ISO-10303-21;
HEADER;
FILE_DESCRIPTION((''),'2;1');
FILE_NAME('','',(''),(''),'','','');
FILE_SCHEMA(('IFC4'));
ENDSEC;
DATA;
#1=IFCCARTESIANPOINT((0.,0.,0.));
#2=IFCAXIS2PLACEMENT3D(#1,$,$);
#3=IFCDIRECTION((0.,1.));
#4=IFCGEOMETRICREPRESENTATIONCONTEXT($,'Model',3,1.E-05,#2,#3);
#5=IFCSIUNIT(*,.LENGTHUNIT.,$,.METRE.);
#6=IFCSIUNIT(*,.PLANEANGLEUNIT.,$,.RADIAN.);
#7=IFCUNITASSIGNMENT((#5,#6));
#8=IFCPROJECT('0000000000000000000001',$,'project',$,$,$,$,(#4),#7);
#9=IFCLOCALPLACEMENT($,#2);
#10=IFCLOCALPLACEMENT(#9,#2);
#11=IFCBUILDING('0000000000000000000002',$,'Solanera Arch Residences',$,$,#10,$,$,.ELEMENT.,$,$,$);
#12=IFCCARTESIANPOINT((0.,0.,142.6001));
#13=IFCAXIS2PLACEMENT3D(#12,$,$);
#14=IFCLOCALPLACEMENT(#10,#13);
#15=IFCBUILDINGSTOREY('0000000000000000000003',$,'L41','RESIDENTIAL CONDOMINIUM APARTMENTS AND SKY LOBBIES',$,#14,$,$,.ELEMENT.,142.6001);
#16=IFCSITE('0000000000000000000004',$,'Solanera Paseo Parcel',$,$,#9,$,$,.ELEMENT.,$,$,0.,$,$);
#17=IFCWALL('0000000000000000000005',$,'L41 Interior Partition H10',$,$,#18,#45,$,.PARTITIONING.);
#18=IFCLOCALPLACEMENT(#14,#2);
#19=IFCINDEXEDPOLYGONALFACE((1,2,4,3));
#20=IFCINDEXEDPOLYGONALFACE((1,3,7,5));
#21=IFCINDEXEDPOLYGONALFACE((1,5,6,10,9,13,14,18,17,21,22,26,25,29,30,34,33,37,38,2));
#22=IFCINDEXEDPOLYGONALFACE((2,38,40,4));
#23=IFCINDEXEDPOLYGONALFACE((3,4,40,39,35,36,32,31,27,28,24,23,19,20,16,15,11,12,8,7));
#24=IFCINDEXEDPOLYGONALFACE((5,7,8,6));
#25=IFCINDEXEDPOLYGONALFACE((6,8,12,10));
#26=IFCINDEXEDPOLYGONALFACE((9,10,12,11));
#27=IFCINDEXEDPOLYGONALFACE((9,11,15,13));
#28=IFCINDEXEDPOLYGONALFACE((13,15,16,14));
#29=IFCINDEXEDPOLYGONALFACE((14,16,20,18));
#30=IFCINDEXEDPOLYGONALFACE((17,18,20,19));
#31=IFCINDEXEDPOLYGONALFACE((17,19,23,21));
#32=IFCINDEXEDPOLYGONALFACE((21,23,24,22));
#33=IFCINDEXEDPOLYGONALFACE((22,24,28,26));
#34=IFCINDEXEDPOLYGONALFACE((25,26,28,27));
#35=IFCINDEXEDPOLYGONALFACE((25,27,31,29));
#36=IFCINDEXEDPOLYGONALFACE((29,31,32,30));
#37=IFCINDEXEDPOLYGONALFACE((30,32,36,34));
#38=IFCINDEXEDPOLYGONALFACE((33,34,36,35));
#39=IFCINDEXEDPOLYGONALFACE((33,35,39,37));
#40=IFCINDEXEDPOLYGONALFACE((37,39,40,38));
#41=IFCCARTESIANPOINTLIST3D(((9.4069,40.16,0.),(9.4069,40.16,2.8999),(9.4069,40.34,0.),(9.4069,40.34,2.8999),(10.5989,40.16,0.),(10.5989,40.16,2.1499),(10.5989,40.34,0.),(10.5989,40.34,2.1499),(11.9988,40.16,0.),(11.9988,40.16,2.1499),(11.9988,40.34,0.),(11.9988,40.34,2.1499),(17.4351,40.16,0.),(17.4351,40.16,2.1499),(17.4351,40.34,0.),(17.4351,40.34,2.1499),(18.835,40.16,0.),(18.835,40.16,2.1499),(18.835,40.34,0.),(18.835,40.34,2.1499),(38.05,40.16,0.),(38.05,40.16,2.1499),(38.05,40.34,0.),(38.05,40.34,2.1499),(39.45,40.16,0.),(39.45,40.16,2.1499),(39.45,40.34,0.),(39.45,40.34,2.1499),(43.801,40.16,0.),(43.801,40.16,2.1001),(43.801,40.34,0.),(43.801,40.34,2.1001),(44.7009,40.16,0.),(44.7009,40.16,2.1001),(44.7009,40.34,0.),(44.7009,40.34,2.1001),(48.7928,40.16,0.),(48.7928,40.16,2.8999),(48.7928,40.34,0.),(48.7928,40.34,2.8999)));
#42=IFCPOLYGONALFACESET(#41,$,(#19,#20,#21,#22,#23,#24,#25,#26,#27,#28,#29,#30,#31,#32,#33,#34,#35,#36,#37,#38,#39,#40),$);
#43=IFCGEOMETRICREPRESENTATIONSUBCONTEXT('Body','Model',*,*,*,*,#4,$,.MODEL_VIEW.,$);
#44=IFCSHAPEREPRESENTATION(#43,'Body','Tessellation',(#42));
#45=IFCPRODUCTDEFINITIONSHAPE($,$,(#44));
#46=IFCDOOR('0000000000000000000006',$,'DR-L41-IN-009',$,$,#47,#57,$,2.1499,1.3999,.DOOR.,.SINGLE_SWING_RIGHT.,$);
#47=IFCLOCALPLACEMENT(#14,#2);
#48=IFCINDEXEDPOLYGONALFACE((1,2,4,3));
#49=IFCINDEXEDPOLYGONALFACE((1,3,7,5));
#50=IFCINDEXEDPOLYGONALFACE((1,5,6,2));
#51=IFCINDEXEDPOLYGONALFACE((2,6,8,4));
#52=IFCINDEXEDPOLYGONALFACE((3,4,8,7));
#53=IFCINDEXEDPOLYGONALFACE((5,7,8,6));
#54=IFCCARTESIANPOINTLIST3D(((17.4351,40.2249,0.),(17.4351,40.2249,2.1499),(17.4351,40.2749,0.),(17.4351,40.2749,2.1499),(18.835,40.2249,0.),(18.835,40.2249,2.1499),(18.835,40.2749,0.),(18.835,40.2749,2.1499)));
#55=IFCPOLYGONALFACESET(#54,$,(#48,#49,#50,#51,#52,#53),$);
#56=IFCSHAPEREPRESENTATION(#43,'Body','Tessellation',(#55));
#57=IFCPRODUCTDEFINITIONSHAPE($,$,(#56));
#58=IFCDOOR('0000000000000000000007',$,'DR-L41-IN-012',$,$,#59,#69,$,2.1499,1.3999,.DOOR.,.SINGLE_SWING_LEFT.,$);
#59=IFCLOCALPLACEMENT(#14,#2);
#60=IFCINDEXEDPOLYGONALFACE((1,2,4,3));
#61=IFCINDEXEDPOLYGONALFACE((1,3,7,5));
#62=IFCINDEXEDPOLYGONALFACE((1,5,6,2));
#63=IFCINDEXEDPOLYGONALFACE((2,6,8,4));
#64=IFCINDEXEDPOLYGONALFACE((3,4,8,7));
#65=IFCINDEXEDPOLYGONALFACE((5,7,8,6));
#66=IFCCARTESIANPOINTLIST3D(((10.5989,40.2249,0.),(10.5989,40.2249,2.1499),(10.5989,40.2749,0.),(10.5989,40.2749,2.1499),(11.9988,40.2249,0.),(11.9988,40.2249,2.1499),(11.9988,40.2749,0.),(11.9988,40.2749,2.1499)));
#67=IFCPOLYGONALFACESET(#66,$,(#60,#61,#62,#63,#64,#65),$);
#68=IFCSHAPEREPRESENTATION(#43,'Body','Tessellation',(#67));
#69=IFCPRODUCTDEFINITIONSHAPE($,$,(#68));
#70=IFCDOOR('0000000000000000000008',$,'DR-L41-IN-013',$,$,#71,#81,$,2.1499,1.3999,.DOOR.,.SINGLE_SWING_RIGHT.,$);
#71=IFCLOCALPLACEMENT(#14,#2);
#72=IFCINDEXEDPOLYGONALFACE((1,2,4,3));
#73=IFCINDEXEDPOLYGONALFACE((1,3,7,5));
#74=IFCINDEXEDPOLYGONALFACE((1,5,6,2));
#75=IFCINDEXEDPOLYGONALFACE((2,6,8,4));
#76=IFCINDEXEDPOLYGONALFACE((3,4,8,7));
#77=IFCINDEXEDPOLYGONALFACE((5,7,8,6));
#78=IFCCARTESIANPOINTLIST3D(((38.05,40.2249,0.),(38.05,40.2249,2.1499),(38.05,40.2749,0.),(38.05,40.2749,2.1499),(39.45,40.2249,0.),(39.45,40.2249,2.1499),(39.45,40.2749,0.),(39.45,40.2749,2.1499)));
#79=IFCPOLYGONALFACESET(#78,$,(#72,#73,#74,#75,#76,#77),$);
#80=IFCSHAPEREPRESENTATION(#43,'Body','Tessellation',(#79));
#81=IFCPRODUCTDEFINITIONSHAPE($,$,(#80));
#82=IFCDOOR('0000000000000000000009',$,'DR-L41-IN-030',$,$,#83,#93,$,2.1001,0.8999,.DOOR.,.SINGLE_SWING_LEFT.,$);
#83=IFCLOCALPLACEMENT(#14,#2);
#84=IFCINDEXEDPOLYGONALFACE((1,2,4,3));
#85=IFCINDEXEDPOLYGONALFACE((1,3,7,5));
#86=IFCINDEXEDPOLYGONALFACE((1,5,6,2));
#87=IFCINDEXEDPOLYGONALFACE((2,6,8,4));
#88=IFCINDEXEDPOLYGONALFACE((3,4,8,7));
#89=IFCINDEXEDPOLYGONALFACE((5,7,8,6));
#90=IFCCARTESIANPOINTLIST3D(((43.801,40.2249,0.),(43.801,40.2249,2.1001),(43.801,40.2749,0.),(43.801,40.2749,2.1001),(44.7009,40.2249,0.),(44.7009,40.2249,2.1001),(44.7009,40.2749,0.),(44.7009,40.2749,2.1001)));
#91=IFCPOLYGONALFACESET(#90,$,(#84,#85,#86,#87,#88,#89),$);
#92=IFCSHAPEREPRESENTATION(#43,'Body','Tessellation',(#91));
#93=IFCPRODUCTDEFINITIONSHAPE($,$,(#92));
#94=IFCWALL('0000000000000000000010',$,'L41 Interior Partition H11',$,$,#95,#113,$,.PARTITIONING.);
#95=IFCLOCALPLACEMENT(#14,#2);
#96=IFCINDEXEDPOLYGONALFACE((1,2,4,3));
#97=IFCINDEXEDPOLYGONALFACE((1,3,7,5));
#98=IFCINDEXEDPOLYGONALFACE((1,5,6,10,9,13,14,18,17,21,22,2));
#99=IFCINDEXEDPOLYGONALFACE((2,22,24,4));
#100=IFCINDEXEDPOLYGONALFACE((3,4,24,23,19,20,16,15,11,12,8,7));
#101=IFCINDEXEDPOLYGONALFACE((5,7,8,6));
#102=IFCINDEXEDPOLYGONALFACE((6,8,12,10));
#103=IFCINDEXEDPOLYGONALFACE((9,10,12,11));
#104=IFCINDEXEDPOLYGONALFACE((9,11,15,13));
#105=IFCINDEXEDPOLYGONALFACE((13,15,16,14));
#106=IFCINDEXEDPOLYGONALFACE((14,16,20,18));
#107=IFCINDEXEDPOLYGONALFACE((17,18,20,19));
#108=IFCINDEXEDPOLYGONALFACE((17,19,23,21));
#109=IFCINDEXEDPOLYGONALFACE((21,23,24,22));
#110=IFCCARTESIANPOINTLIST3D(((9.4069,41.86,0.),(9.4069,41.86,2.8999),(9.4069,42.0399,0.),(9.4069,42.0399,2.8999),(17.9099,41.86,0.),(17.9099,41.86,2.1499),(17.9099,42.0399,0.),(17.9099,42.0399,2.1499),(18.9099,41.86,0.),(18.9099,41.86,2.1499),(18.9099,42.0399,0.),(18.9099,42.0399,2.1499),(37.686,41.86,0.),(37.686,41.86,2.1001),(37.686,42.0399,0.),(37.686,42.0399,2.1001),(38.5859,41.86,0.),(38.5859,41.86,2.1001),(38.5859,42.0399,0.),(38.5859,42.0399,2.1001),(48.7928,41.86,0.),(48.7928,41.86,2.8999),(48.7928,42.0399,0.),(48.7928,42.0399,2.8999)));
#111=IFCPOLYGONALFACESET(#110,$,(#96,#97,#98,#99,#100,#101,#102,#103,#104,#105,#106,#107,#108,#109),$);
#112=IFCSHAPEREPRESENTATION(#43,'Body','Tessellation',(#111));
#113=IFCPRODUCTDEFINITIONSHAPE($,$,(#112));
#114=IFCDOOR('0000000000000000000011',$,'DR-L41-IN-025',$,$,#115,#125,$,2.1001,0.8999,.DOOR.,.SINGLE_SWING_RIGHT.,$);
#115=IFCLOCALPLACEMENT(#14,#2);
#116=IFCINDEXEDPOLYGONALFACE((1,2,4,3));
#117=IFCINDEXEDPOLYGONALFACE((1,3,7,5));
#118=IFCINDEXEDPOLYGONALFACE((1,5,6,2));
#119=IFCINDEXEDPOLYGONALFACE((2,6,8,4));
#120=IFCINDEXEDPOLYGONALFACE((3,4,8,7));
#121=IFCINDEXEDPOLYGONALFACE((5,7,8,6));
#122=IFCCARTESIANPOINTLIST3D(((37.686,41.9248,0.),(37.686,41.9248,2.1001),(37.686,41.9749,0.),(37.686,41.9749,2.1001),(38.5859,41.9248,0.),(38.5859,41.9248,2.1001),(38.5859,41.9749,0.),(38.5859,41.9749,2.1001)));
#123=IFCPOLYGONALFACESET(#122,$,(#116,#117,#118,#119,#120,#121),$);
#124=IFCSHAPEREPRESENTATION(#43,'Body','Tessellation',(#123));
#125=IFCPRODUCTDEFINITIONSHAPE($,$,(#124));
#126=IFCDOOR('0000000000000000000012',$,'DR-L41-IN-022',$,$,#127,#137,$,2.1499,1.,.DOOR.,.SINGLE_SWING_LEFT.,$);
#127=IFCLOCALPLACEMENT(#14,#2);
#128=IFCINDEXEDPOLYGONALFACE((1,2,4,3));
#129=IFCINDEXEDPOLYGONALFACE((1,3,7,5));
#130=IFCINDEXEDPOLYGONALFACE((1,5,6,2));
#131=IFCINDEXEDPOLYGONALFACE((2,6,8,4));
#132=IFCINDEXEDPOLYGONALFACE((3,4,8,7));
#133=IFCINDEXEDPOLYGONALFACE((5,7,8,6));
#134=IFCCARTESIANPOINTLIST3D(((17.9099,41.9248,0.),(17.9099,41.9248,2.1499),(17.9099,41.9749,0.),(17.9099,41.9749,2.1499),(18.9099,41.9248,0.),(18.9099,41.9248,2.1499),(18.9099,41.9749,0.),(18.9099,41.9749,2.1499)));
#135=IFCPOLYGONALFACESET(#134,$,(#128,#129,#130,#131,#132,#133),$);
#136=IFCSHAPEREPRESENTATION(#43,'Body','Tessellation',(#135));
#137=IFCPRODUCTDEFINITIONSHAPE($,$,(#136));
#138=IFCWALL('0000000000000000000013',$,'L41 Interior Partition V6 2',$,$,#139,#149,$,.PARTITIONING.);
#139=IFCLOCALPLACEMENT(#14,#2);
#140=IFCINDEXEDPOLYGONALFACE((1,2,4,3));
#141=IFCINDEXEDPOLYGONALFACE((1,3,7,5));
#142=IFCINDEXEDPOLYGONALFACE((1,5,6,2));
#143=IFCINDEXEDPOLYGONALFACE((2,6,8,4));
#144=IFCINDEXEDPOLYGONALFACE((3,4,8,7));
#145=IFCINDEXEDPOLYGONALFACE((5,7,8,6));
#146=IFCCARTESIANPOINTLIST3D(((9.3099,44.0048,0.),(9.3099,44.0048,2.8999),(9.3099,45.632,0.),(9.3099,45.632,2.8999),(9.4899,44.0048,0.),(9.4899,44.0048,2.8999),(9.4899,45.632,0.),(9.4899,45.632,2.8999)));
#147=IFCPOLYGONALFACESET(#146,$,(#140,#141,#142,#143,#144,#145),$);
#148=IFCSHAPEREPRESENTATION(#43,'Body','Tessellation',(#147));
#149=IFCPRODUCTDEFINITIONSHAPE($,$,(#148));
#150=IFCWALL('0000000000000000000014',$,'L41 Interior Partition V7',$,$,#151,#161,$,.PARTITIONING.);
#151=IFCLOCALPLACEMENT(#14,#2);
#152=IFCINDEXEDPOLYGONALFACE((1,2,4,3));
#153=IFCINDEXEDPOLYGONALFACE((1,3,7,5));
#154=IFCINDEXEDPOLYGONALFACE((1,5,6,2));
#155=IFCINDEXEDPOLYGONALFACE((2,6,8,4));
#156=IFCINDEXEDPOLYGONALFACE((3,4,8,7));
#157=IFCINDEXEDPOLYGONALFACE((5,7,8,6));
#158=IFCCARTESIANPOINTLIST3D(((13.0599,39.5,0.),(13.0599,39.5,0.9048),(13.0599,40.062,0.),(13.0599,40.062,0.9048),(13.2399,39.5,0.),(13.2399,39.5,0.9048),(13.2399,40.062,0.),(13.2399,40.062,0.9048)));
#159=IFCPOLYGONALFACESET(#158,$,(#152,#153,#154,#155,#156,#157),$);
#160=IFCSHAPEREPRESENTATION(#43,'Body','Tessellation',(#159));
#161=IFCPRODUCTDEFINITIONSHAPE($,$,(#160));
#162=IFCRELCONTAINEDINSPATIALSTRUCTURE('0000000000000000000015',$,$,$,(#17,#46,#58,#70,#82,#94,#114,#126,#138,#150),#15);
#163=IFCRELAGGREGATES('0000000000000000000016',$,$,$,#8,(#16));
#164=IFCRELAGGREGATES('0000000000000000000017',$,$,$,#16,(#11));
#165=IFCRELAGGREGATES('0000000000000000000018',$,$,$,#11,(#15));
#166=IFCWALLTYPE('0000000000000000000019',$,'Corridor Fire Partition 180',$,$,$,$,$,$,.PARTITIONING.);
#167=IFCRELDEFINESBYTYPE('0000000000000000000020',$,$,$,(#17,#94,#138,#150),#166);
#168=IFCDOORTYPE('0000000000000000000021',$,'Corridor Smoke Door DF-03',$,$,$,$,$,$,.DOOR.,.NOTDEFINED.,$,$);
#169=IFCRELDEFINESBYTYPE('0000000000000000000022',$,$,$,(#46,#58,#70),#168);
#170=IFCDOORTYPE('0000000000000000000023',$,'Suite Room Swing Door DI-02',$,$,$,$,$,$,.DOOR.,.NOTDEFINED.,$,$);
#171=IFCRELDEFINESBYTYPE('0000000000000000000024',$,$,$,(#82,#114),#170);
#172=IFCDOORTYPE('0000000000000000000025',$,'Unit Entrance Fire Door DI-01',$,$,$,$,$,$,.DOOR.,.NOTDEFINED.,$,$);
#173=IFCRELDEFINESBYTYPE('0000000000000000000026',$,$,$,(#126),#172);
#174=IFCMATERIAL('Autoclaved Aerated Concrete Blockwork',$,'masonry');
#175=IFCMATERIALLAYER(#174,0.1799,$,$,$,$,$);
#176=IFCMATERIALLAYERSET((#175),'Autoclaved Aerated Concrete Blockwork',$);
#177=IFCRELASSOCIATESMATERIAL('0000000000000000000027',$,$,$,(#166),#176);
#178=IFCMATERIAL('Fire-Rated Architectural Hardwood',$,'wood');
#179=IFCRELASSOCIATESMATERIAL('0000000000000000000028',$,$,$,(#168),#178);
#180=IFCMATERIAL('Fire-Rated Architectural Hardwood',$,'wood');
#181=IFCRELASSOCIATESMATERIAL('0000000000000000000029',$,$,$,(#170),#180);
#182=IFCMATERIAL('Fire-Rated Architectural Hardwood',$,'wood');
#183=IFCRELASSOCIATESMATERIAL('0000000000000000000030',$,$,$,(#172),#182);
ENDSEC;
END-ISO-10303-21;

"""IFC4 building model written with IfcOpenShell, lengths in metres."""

from ifc_helpers import new_model, si_unit, direction, frame, frame_2d, origin, place, context, subcontext, project, spatial, rectangle, extrude, material, layer, layer_set, type_object, element, fill, save


model = new_model("IFC4")

# Units and contexts
model_context = context("Model", 3, precision=1e-05, world=origin(), true_north=direction((0.0, 1.0)))
body_context = subcontext(model_context, "Body", "Model", "MODEL_VIEW")
ifc_project = project(units=[si_unit("LENGTHUNIT", "METRE"), si_unit("PLANEANGLEUNIT", "RADIAN")], contexts=[model_context])

# Site, building, storey
site_placement = place(None, origin())
site = spatial("IfcSite", under=ifc_project, at=site_placement, Name="Solanera Paseo Parcel", CompositionType="ELEMENT", RefElevation=0.0)
building_placement = place(site_placement, origin())
building = spatial("IfcBuilding", under=site, at=building_placement, Name="Solanera Arch Residences", CompositionType="ELEMENT")
storey_placement = place(building_placement, frame((0.0, 0.0, 142.6001)))
storey = spatial("IfcBuildingStorey", under=building, at=storey_placement, Name="L41", Description="RESIDENTIAL CONDOMINIUM APARTMENTS AND SKY LOBBIES", CompositionType="ELEMENT", Elevation=142.6001)

# Walls, openings, doors
ifc_material_1 = material(Name="Autoclaved Aerated Concrete Blockwork", Category="masonry")
ifc_layer_1 = layer(ifc_material_1, 0.1799)
ifc_layer_set_1 = layer_set([ifc_layer_1], Name="Autoclaved Aerated Concrete Blockwork")
wall_type_1 = type_object("IfcWallType", Name="Corridor Fire Partition 180", PredefinedType="PARTITIONING", material=ifc_layer_set_1)
wall_1_placement = place(storey_placement, frame((9.407, 40.25, 0.0), z_axis=(0.0, 0.0, 1.0), x_axis=(1.0, 0.0, 0.0)))
wall_1 = element("IfcWall", 1, at=wall_1_placement, inside=storey, type_object=wall_type_1, Name="L41 Interior Partition H10", PredefinedType="PARTITIONING", context=body_context, shape_type="SweptSolid", body=[
    extrude(rectangle(XDim=39.386, YDim=0.1799, at=frame_2d((19.6929, 0.0))), origin(), (0.0, 0.0, 1.0), 2.8999),
])
opening_1_placement = place(wall_1_placement, frame((8.0281, 0.0, 0.0)))
opening_1 = element("IfcOpeningElement", 2, at=opening_1_placement, cuts=wall_1, PredefinedType="OPENING", context=body_context, shape_type="SweptSolid", body=[
    extrude(rectangle(XDim=1.3999, YDim=2.1499, at=frame_2d((0.7, 1.075))), frame((0.0, 0.1001, 0.0), z_axis=(0.0, -1.0, 0.0), x_axis=(1.0, 0.0, 0.0)), (0.0, 0.0, 1.0), 0.1999),
])
opening_2_placement = place(wall_1_placement, frame((1.1919, 0.0, 0.0)))
opening_2 = element("IfcOpeningElement", 3, at=opening_2_placement, cuts=wall_1, PredefinedType="OPENING", context=body_context, shape_type="SweptSolid", body=[
    extrude(rectangle(XDim=1.3999, YDim=2.1499, at=frame_2d((0.7, 1.075))), frame((0.0, 0.1001, 0.0), z_axis=(0.0, -1.0, 0.0), x_axis=(1.0, 0.0, 0.0)), (0.0, 0.0, 1.0), 0.1999),
])
opening_3_placement = place(wall_1_placement, frame((28.6431, 0.0, 0.0)))
opening_3 = element("IfcOpeningElement", 4, at=opening_3_placement, cuts=wall_1, PredefinedType="OPENING", context=body_context, shape_type="SweptSolid", body=[
    extrude(rectangle(XDim=1.3999, YDim=2.1499, at=frame_2d((0.7, 1.075))), frame((0.0, 0.1001, 0.0), z_axis=(0.0, -1.0, 0.0), x_axis=(1.0, 0.0, 0.0)), (0.0, 0.0, 1.0), 0.1999),
])
opening_4_placement = place(wall_1_placement, frame((34.394, 0.0, 0.0)))
opening_4 = element("IfcOpeningElement", 5, at=opening_4_placement, cuts=wall_1, PredefinedType="OPENING", context=body_context, shape_type="SweptSolid", body=[
    extrude(rectangle(XDim=0.8999, YDim=2.1001, at=frame_2d((0.45, 1.05))), frame((0.0, 0.1001, 0.0), z_axis=(0.0, -1.0, 0.0), x_axis=(1.0, 0.0, 0.0)), (0.0, 0.0, 1.0), 0.1999),
])
ifc_material_2 = material(Name="Fire-Rated Architectural Hardwood", Category="wood")
door_type_1 = type_object("IfcDoorType", Name="Corridor Smoke Door DF-03", OperationType="NOTDEFINED", PredefinedType="DOOR", material=ifc_material_2)
door_1_placement = place(opening_1_placement, origin())
door_1 = element("IfcDoor", 6, at=door_1_placement, inside=storey, type_object=door_type_1, Name="DR-L41-IN-009", OperationType="SINGLE_SWING_RIGHT", OverallHeight=2.1499, OverallWidth=1.3999, PredefinedType="DOOR", context=body_context, shape_type="SweptSolid", body=[
    extrude(rectangle(XDim=1.3999, YDim=2.1499, at=frame_2d((0.7, 1.075))), frame((0.0, 0.0249, 0.0), z_axis=(0.0, -1.0, 0.0), x_axis=(1.0, 0.0, 0.0)), (0.0, 0.0, 1.0), 0.05),
])
fill(opening_1, door_1)
door_2_placement = place(opening_2_placement, origin())
door_2 = element("IfcDoor", 7, at=door_2_placement, inside=storey, type_object=door_type_1, Name="DR-L41-IN-012", OperationType="SINGLE_SWING_LEFT", OverallHeight=2.1499, OverallWidth=1.3999, PredefinedType="DOOR", context=body_context, shape_type="SweptSolid", body=[
    extrude(rectangle(XDim=1.3999, YDim=2.1499, at=frame_2d((0.7, 1.075))), frame((0.0, 0.0249, 0.0), z_axis=(0.0, -1.0, 0.0), x_axis=(1.0, 0.0, 0.0)), (0.0, 0.0, 1.0), 0.05),
])
fill(opening_2, door_2)
door_3_placement = place(opening_3_placement, origin())
door_3 = element("IfcDoor", 8, at=door_3_placement, inside=storey, type_object=door_type_1, Name="DR-L41-IN-013", OperationType="SINGLE_SWING_RIGHT", OverallHeight=2.1499, OverallWidth=1.3999, PredefinedType="DOOR", context=body_context, shape_type="SweptSolid", body=[
    extrude(rectangle(XDim=1.3999, YDim=2.1499, at=frame_2d((0.7, 1.075))), frame((0.0, 0.0249, 0.0), z_axis=(0.0, -1.0, 0.0), x_axis=(1.0, 0.0, 0.0)), (0.0, 0.0, 1.0), 0.05),
])
fill(opening_3, door_3)
ifc_material_3 = material(Name="Fire-Rated Architectural Hardwood", Category="wood")
door_type_2 = type_object("IfcDoorType", Name="Suite Room Swing Door DI-02", OperationType="NOTDEFINED", PredefinedType="DOOR", material=ifc_material_3)
door_4_placement = place(opening_4_placement, origin())
door_4 = element("IfcDoor", 9, at=door_4_placement, inside=storey, type_object=door_type_2, Name="DR-L41-IN-030", OperationType="SINGLE_SWING_LEFT", OverallHeight=2.1001, OverallWidth=0.8999, PredefinedType="DOOR", context=body_context, shape_type="SweptSolid", body=[
    extrude(rectangle(XDim=0.8999, YDim=2.1001, at=frame_2d((0.45, 1.05))), frame((0.0, 0.0249, 0.0), z_axis=(0.0, -1.0, 0.0), x_axis=(1.0, 0.0, 0.0)), (0.0, 0.0, 1.0), 0.05),
])
fill(opening_4, door_4)
wall_2_placement = place(storey_placement, frame((9.407, 41.95, 0.0), z_axis=(0.0, 0.0, 1.0), x_axis=(1.0, 0.0, 0.0)))
wall_2 = element("IfcWall", 10, at=wall_2_placement, inside=storey, type_object=wall_type_1, Name="L41 Interior Partition H11", PredefinedType="PARTITIONING", context=body_context, shape_type="SweptSolid", body=[
    extrude(rectangle(XDim=39.386, YDim=0.1799, at=frame_2d((19.6929, 0.0))), origin(), (0.0, 0.0, 1.0), 2.8999),
])
opening_5_placement = place(wall_2_placement, frame((8.5029, 0.0, 0.0)))
opening_5 = element("IfcOpeningElement", 11, at=opening_5_placement, cuts=wall_2, PredefinedType="OPENING", context=body_context, shape_type="SweptSolid", body=[
    extrude(rectangle(XDim=1.0, YDim=2.1499, at=frame_2d((0.5, 1.075))), frame((0.0, 0.1001, 0.0), z_axis=(0.0, -1.0, 0.0), x_axis=(1.0, 0.0, 0.0)), (0.0, 0.0, 1.0), 0.1999),
])
opening_6_placement = place(wall_2_placement, frame((28.2791, 0.0, 0.0)))
opening_6 = element("IfcOpeningElement", 12, at=opening_6_placement, cuts=wall_2, PredefinedType="OPENING", context=body_context, shape_type="SweptSolid", body=[
    extrude(rectangle(XDim=0.8999, YDim=2.1001, at=frame_2d((0.45, 1.05))), frame((0.0, 0.1001, 0.0), z_axis=(0.0, -1.0, 0.0), x_axis=(1.0, 0.0, 0.0)), (0.0, 0.0, 1.0), 0.1999),
])
door_5_placement = place(opening_6_placement, origin())
door_5 = element("IfcDoor", 13, at=door_5_placement, inside=storey, type_object=door_type_2, Name="DR-L41-IN-025", OperationType="SINGLE_SWING_RIGHT", OverallHeight=2.1001, OverallWidth=0.8999, PredefinedType="DOOR", context=body_context, shape_type="SweptSolid", body=[
    extrude(rectangle(XDim=0.8999, YDim=2.1001, at=frame_2d((0.45, 1.05))), frame((0.0, 0.0249, 0.0), z_axis=(0.0, -1.0, 0.0), x_axis=(1.0, 0.0, 0.0)), (0.0, 0.0, 1.0), 0.05),
])
fill(opening_6, door_5)
ifc_material_4 = material(Name="Fire-Rated Architectural Hardwood", Category="wood")
door_type_3 = type_object("IfcDoorType", Name="Unit Entrance Fire Door DI-01", OperationType="NOTDEFINED", PredefinedType="DOOR", material=ifc_material_4)
door_6_placement = place(opening_5_placement, origin())
door_6 = element("IfcDoor", 14, at=door_6_placement, inside=storey, type_object=door_type_3, Name="DR-L41-IN-022", OperationType="SINGLE_SWING_LEFT", OverallHeight=2.1499, OverallWidth=1.0, PredefinedType="DOOR", context=body_context, shape_type="SweptSolid", body=[
    extrude(rectangle(XDim=1.0, YDim=2.1499, at=frame_2d((0.5, 1.075))), frame((0.0, 0.0249, 0.0), z_axis=(0.0, -1.0, 0.0), x_axis=(1.0, 0.0, 0.0)), (0.0, 0.0, 1.0), 0.05),
])
fill(opening_5, door_6)

# Walls
wall_3_placement = place(storey_placement, frame((9.3999, 44.0049, 0.0), z_axis=(0.0, 0.0, 1.0), x_axis=(0.0, 1.0, 0.0)))
element("IfcWall", 15, at=wall_3_placement, inside=storey, type_object=wall_type_1, Name="L41 Interior Partition V6 2", PredefinedType="PARTITIONING", context=body_context, shape_type="SweptSolid", body=[
    extrude(rectangle(XDim=1.6272, YDim=0.1799, at=frame_2d((0.8135, 0.0))), origin(), (0.0, 0.0, 1.0), 2.8999),
])
wall_4_placement = place(storey_placement, frame((13.1499, 39.5, 0.0), z_axis=(0.0, 0.0, 1.0), x_axis=(0.0, 1.0, 0.0)))
element("IfcWall", 16, at=wall_4_placement, inside=storey, type_object=wall_type_1, Name="L41 Interior Partition V7", PredefinedType="PARTITIONING", context=body_context, shape_type="SweptSolid", body=[
    extrude(rectangle(XDim=0.562, YDim=0.1799, at=frame_2d((0.281, 0.0))), origin(), (0.0, 0.0, 1.0), 0.9048),
])

save(model, "model.ifc")
